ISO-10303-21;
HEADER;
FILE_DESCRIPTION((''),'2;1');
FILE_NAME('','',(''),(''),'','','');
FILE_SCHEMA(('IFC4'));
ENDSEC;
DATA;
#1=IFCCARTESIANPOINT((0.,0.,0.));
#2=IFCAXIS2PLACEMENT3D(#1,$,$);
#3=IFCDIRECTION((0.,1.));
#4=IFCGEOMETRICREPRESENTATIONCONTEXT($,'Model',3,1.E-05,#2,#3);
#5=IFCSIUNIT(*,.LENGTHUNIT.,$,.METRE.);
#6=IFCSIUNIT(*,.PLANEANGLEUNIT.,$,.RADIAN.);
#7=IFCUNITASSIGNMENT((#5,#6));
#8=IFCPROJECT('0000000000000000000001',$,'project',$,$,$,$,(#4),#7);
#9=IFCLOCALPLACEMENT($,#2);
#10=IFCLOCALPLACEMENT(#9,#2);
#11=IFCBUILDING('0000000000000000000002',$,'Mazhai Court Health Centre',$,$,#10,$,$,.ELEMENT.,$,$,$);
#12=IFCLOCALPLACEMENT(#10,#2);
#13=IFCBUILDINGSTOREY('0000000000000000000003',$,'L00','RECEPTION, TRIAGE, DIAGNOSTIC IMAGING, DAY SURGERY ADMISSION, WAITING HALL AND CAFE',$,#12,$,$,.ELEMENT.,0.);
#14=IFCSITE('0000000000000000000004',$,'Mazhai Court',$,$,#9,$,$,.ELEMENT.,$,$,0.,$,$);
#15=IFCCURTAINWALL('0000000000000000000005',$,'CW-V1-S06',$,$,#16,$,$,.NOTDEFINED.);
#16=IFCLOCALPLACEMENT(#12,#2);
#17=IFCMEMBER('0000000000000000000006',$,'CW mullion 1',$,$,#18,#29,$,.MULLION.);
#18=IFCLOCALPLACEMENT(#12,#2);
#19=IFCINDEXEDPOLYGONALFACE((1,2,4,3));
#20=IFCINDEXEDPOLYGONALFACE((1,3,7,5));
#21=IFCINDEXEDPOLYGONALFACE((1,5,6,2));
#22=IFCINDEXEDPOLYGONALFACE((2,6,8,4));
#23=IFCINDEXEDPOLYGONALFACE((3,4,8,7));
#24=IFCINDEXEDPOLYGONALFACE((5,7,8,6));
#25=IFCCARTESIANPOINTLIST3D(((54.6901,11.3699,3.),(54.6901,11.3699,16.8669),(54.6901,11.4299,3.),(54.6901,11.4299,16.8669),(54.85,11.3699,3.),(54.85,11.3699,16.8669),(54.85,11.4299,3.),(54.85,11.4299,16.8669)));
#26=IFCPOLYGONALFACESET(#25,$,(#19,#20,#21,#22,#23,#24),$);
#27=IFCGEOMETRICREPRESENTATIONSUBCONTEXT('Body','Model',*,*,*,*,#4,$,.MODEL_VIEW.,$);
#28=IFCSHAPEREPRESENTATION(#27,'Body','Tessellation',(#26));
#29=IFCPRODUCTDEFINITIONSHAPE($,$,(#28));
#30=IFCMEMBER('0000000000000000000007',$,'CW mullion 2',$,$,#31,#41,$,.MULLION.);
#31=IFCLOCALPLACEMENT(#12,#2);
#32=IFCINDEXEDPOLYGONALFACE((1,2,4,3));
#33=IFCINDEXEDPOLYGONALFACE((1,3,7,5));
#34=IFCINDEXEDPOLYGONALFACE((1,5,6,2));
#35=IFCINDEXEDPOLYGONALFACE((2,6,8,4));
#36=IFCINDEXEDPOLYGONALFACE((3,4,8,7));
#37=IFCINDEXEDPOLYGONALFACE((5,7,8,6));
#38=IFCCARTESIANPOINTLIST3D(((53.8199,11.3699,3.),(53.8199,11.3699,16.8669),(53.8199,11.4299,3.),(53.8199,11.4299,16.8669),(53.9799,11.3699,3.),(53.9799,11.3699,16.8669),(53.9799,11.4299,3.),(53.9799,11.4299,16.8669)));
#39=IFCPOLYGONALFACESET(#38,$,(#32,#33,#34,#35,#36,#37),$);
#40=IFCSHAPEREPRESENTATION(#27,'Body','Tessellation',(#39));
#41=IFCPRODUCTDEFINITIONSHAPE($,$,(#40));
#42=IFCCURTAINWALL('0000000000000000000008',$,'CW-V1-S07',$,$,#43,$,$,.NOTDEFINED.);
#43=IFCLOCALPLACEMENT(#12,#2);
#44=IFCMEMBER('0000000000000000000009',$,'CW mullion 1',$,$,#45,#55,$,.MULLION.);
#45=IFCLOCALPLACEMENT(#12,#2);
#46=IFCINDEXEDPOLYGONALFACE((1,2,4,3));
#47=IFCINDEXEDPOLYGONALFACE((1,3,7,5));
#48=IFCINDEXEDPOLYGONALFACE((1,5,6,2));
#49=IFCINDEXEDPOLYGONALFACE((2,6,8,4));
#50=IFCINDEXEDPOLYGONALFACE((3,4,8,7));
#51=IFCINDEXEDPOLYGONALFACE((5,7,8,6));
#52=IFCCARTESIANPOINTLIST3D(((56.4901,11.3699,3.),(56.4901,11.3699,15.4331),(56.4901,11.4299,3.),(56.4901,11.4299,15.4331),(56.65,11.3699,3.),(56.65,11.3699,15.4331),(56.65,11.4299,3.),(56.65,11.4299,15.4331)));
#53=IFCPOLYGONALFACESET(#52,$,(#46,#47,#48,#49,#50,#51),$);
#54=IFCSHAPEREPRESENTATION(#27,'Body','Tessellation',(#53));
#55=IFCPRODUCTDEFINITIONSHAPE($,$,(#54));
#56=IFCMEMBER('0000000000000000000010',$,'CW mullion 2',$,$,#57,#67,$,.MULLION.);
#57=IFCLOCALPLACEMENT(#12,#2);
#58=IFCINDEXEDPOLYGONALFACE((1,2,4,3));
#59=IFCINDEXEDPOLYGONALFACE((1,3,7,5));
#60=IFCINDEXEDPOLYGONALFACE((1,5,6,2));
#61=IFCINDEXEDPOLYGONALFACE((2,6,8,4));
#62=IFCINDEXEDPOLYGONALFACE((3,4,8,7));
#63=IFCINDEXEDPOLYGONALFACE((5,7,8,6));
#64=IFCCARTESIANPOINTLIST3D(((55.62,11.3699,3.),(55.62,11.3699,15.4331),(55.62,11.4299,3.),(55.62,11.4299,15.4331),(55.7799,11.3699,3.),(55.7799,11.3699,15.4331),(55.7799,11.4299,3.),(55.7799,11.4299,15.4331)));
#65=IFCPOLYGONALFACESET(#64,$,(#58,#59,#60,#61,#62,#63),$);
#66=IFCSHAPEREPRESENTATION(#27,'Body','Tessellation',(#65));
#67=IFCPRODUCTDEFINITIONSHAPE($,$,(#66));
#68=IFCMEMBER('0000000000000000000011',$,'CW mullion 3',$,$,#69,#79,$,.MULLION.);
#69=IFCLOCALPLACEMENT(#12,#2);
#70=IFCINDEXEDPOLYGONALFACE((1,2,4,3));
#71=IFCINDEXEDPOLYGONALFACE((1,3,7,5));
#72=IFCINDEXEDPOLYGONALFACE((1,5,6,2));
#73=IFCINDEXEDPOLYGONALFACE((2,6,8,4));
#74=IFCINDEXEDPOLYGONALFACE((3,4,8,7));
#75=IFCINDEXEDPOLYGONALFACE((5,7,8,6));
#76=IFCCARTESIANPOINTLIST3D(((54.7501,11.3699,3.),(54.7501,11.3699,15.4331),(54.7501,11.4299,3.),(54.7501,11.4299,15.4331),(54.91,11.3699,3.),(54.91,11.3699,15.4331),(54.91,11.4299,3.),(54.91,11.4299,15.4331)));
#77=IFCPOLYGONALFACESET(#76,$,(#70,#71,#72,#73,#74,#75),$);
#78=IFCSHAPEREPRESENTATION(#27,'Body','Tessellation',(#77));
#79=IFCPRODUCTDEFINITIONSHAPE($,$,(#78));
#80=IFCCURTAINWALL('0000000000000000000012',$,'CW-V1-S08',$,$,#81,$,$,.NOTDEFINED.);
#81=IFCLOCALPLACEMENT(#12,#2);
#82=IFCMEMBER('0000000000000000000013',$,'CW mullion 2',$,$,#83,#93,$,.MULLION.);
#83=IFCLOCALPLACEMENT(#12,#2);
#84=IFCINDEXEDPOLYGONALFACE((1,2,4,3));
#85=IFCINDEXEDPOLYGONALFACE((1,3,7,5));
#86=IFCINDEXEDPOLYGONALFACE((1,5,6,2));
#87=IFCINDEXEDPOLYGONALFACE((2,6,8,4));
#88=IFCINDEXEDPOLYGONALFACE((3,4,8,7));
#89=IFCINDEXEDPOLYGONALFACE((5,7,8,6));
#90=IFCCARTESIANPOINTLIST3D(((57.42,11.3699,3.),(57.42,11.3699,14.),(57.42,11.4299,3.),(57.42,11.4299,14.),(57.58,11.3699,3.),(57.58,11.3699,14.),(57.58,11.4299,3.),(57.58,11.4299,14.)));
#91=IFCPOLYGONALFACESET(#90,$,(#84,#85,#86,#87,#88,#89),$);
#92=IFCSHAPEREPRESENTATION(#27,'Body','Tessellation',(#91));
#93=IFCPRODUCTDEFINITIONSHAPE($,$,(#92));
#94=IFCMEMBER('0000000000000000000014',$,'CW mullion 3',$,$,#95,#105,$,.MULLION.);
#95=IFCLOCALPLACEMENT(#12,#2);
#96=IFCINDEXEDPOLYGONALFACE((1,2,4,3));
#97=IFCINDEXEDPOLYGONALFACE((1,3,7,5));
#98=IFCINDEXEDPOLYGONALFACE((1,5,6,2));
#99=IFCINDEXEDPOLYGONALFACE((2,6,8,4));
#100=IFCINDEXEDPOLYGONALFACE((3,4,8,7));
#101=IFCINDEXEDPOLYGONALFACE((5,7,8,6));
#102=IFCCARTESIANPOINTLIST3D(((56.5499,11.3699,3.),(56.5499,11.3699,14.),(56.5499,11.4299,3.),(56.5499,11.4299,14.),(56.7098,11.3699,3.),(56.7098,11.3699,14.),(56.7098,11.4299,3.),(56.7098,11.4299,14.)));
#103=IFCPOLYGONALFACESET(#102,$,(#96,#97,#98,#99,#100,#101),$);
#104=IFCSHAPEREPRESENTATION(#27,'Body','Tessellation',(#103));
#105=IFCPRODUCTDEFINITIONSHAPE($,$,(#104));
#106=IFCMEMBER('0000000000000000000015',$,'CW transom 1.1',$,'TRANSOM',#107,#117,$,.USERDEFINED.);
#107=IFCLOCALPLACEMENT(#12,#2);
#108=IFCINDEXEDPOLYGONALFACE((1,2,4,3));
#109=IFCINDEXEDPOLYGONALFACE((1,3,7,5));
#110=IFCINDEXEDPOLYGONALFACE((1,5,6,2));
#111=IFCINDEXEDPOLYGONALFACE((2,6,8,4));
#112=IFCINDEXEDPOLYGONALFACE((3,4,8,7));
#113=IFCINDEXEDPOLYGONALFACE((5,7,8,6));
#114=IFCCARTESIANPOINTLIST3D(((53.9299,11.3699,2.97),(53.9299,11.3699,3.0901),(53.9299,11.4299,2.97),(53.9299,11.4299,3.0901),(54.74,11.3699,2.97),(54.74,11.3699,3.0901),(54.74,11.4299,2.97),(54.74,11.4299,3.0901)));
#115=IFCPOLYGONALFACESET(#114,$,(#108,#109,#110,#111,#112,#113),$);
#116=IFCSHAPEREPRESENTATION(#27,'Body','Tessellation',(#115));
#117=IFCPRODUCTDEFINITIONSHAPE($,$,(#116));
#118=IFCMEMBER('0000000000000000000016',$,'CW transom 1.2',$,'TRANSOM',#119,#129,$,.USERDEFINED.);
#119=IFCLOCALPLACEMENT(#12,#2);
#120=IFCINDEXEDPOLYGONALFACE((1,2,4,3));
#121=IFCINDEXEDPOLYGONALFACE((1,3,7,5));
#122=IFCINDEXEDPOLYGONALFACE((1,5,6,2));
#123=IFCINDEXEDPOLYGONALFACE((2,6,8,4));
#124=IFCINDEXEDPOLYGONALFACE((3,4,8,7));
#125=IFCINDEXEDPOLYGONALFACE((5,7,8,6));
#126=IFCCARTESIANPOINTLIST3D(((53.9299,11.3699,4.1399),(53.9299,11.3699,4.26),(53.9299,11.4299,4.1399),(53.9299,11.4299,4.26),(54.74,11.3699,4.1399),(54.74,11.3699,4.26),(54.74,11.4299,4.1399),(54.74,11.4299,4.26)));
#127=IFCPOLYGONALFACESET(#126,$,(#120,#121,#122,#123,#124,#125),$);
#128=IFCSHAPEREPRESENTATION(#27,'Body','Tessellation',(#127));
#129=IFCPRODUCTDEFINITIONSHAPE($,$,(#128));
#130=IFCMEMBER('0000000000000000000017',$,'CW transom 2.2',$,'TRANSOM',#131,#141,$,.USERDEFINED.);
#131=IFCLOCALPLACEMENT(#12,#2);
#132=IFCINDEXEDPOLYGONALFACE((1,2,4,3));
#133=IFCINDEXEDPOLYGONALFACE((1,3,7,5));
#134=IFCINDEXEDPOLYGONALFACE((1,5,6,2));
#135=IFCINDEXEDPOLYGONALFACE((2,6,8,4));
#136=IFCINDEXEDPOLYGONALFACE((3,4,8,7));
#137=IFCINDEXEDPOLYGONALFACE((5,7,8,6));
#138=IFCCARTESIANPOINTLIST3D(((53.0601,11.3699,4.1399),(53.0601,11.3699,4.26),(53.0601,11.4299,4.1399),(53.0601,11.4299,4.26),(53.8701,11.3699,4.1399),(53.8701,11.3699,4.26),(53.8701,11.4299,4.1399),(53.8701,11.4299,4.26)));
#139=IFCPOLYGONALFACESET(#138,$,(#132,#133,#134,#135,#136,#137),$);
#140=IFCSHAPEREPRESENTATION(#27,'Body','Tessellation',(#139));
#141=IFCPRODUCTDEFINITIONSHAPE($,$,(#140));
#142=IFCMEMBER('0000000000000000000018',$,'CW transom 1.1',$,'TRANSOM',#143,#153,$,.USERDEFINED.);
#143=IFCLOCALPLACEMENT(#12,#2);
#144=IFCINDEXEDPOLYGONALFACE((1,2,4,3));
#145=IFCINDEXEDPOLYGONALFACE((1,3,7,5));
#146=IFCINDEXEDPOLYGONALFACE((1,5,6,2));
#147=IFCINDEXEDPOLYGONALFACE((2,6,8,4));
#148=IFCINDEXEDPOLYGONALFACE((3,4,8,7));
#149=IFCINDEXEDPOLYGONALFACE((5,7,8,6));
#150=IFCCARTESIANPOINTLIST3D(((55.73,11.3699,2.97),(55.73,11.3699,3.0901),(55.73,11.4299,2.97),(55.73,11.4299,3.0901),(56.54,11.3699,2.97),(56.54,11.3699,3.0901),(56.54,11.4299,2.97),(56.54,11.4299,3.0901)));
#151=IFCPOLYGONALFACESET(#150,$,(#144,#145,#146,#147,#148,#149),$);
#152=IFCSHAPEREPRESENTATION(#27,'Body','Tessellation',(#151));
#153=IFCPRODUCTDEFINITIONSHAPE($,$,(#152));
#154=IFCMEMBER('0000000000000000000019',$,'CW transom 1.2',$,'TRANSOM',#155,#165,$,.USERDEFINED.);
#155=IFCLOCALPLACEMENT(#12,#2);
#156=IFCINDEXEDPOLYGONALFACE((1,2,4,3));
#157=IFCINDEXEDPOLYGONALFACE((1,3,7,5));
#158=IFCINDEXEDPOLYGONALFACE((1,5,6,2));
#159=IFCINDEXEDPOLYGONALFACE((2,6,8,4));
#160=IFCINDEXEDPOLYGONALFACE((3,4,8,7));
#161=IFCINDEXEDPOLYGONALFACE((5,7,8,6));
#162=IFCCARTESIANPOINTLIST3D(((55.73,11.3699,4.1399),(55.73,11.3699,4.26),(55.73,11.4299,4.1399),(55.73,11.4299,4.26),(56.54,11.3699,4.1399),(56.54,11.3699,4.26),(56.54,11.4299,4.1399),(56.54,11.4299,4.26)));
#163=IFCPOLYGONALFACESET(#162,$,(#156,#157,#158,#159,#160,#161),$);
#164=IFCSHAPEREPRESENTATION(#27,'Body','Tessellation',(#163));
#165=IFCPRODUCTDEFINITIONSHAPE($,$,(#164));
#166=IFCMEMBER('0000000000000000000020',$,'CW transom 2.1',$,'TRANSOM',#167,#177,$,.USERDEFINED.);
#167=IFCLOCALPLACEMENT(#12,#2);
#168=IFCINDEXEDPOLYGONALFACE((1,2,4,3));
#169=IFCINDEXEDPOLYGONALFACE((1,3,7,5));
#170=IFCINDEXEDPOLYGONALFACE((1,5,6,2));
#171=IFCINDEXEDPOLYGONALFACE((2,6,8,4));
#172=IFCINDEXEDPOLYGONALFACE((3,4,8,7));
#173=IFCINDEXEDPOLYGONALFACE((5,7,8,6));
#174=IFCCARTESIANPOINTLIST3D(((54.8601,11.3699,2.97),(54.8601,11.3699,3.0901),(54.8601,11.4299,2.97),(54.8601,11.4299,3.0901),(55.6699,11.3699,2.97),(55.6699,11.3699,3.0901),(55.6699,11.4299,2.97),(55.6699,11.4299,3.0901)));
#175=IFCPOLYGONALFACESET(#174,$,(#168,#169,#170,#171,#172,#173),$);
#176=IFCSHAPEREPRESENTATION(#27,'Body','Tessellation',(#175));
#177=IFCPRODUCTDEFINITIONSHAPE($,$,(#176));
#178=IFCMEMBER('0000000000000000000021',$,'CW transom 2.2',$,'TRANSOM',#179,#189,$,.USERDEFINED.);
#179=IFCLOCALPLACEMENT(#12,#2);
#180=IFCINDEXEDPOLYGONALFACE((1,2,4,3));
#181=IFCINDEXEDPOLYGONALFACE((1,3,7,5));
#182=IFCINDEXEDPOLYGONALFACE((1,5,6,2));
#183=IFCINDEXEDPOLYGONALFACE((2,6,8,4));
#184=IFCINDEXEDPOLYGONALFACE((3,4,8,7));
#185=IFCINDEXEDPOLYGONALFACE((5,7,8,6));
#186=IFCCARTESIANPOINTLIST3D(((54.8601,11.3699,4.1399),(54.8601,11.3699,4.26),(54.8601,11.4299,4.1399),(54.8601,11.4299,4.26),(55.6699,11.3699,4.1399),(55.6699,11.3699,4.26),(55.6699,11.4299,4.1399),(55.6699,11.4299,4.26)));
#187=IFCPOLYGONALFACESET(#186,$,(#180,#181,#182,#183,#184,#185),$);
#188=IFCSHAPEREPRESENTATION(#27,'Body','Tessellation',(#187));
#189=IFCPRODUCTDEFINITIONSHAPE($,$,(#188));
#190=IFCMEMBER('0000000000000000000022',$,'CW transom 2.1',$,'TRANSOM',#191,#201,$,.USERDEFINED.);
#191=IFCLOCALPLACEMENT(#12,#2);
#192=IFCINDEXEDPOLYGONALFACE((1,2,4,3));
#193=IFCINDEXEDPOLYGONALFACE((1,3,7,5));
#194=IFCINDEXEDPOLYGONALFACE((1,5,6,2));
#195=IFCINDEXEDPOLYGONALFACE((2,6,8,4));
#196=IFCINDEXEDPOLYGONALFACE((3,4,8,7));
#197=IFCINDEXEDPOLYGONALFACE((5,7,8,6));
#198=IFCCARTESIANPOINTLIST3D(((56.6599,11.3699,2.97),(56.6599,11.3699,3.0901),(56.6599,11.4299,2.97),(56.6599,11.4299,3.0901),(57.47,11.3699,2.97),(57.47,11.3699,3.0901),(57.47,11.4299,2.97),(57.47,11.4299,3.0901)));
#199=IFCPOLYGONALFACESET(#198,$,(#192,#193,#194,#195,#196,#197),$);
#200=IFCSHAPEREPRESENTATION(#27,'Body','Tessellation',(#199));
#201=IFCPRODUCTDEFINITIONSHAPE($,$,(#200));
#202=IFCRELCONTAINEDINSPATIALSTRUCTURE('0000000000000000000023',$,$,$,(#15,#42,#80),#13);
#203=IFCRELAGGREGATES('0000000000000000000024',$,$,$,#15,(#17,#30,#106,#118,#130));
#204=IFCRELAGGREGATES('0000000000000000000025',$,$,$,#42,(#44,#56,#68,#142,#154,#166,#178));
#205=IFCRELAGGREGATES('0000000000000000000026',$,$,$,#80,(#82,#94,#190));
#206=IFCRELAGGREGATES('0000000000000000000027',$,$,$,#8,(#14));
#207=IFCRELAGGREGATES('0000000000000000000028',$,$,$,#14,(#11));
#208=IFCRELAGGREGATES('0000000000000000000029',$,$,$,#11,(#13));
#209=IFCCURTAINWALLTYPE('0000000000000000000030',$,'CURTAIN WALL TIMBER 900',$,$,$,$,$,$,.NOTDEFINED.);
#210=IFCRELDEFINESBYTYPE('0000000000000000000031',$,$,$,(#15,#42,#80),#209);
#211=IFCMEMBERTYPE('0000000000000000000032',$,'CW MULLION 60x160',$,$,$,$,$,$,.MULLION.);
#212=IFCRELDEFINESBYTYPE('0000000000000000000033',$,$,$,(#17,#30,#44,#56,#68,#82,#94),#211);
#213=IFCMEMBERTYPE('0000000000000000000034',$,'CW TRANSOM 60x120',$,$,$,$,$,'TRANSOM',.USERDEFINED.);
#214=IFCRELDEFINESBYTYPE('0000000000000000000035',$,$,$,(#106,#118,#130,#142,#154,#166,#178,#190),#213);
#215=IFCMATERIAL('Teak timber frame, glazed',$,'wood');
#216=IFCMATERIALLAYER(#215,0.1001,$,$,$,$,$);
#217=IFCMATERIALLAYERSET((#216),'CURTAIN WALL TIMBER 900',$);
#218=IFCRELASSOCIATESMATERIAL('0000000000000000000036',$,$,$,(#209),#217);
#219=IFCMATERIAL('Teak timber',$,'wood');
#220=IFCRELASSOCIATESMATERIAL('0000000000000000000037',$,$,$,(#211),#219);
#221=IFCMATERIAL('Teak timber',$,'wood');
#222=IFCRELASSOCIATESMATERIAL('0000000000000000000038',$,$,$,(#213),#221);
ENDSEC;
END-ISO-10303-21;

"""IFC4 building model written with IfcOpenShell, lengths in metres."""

from ifc_helpers import new_model, si_unit, direction, frame, origin, origin_2d, place, context, subcontext, project, spatial, rectangle, extrude, material, layer, layer_set, material_profile, profile_set, type_object, element, aggregate, save


model = new_model("IFC4")

# Units and contexts
model_context = context("Model", 3, precision=1e-05, world=origin(), true_north=direction((0.0, 1.0)))
body_context = subcontext(model_context, "Body", "Model", "MODEL_VIEW")
ifc_project = project(units=[si_unit("LENGTHUNIT", "METRE"), si_unit("PLANEANGLEUNIT", "RADIAN")], contexts=[model_context])

# Site, building, storey
site_placement = place(None, origin())
site = spatial("IfcSite", under=ifc_project, at=site_placement, Name="Mazhai Court", CompositionType="ELEMENT", RefElevation=0.0)
building_placement = place(site_placement, origin())
building = spatial("IfcBuilding", under=site, at=building_placement, Name="Mazhai Court Health Centre", CompositionType="ELEMENT")
storey_placement = place(building_placement, origin())
storey = spatial("IfcBuildingStorey", under=building, at=storey_placement, Name="L00", Description="RECEPTION, TRIAGE, DIAGNOSTIC IMAGING, DAY SURGERY ADMISSION, WAITING HALL AND CAFE", CompositionType="ELEMENT", Elevation=0.0)

# Curtain walls, members
ifc_material_1 = material(Name="Teak timber frame, glazed", Category="wood")
ifc_layer_1 = layer(ifc_material_1, 0.1001)
ifc_layer_set_1 = layer_set([ifc_layer_1], Name="CURTAIN WALL TIMBER 900")
curtain_wall_type = type_object("IfcCurtainWallType", Name="CURTAIN WALL TIMBER 900", PredefinedType="NOTDEFINED", material=ifc_layer_set_1)
curtain_wall_1_placement = place(storey_placement, origin())
curtain_wall_1 = element("IfcCurtainWall", 1, at=curtain_wall_1_placement, inside=storey, type_object=curtain_wall_type, Name="CW-V1-S06", PredefinedType="NOTDEFINED")
ifc_material_2 = material(Name="Teak timber", Category="wood")
ifc_material_profile_1 = material_profile(ifc_material_2, rectangle(XDim=0.0601, YDim=0.1599, at=origin_2d()), Name="CW MULLION 60x160")
ifc_profile_set_1 = profile_set([ifc_material_profile_1], Name="Teak timber")
member_type_1 = type_object("IfcMemberType", Name="CW MULLION 60x160", PredefinedType="MULLION", material=ifc_profile_set_1)
member_1_placement = place(storey_placement, frame((54.77, 11.3999, 3.0), z_axis=(0.0, 0.0, 1.0), x_axis=(0.0, -1.0, 0.0)))
member_1 = element("IfcMember", 2, at=member_1_placement, type_object=member_type_1, Name="CW mullion 1", PredefinedType="MULLION", context=body_context, shape_type="SweptSolid", body=[
    extrude(rectangle(XDim=0.0601, YDim=0.1599, at=origin_2d()), origin(), (0.0, 0.0, 1.0), 13.8669),
])
member_2_placement = place(storey_placement, frame((53.8999, 11.3999, 3.0), z_axis=(0.0, 0.0, 1.0), x_axis=(0.0, -1.0, 0.0)))
member_2 = element("IfcMember", 3, at=member_2_placement, type_object=member_type_1, Name="CW mullion 2", PredefinedType="MULLION", context=body_context, shape_type="SweptSolid", body=[
    extrude(rectangle(XDim=0.0601, YDim=0.1599, at=origin_2d()), origin(), (0.0, 0.0, 1.0), 13.8669),
])
curtain_wall_2_placement = place(storey_placement, origin())
curtain_wall_2 = element("IfcCurtainWall", 4, at=curtain_wall_2_placement, inside=storey, type_object=curtain_wall_type, Name="CW-V1-S07", PredefinedType="NOTDEFINED")
member_3_placement = place(storey_placement, frame((56.5701, 11.3999, 3.0), z_axis=(0.0, 0.0, 1.0), x_axis=(0.0, -1.0, 0.0)))
member_3 = element("IfcMember", 5, at=member_3_placement, type_object=member_type_1, Name="CW mullion 1", PredefinedType="MULLION", context=body_context, shape_type="SweptSolid", body=[
    extrude(rectangle(XDim=0.0601, YDim=0.1599, at=origin_2d()), origin(), (0.0, 0.0, 1.0), 12.4331),
])
member_4_placement = place(storey_placement, frame((55.7, 11.3999, 3.0), z_axis=(0.0, 0.0, 1.0), x_axis=(0.0, -1.0, 0.0)))
member_4 = element("IfcMember", 6, at=member_4_placement, type_object=member_type_1, Name="CW mullion 2", PredefinedType="MULLION", context=body_context, shape_type="SweptSolid", body=[
    extrude(rectangle(XDim=0.0601, YDim=0.1599, at=origin_2d()), origin(), (0.0, 0.0, 1.0), 12.4331),
])
member_5_placement = place(storey_placement, frame((54.8301, 11.3999, 3.0), z_axis=(0.0, 0.0, 1.0), x_axis=(0.0, -1.0, 0.0)))
member_5 = element("IfcMember", 7, at=member_5_placement, type_object=member_type_1, Name="CW mullion 3", PredefinedType="MULLION", context=body_context, shape_type="SweptSolid", body=[
    extrude(rectangle(XDim=0.0601, YDim=0.1599, at=origin_2d()), origin(), (0.0, 0.0, 1.0), 12.4331),
])
curtain_wall_3_placement = place(storey_placement, origin())
curtain_wall_3 = element("IfcCurtainWall", 8, at=curtain_wall_3_placement, inside=storey, type_object=curtain_wall_type, Name="CW-V1-S08", PredefinedType="NOTDEFINED")
member_6_placement = place(storey_placement, frame((57.5, 11.3999, 3.0), z_axis=(0.0, 0.0, 1.0), x_axis=(0.0, -1.0, 0.0)))
member_6 = element("IfcMember", 9, at=member_6_placement, type_object=member_type_1, Name="CW mullion 2", PredefinedType="MULLION", context=body_context, shape_type="SweptSolid", body=[
    extrude(rectangle(XDim=0.0601, YDim=0.1599, at=origin_2d()), origin(), (0.0, 0.0, 1.0), 11.0),
])
member_7_placement = place(storey_placement, frame((56.6299, 11.3999, 3.0), z_axis=(0.0, 0.0, 1.0), x_axis=(0.0, -1.0, 0.0)))
member_7 = element("IfcMember", 10, at=member_7_placement, type_object=member_type_1, Name="CW mullion 3", PredefinedType="MULLION", context=body_context, shape_type="SweptSolid", body=[
    extrude(rectangle(XDim=0.0601, YDim=0.1599, at=origin_2d()), origin(), (0.0, 0.0, 1.0), 11.0),
])

# Members
ifc_material_3 = material(Name="Teak timber", Category="wood")
ifc_material_profile_2 = material_profile(ifc_material_3, rectangle(XDim=0.0601, YDim=0.1201, at=origin_2d()), Name="CW TRANSOM 60x120")
ifc_profile_set_2 = profile_set([ifc_material_profile_2], Name="Teak timber")
member_type_2 = type_object("IfcMemberType", Name="CW TRANSOM 60x120", ElementType="TRANSOM", PredefinedType="USERDEFINED", material=ifc_profile_set_2)
member_8_placement = place(storey_placement, frame((54.74, 11.3999, 3.03), z_axis=(-1.0, 0.0, 0.0), x_axis=(0.0, -1.0, 0.0)))
member_8 = element("IfcMember", 11, at=member_8_placement, type_object=member_type_2, Name="CW transom 1.1", ObjectType="TRANSOM", PredefinedType="USERDEFINED", context=body_context, shape_type="SweptSolid", body=[
    extrude(rectangle(XDim=0.0601, YDim=0.1201, at=origin_2d()), origin(), (0.0, 0.0, 1.0), 0.8101),
])
member_9_placement = place(storey_placement, frame((54.74, 11.3999, 4.2), z_axis=(-1.0, 0.0, 0.0), x_axis=(0.0, -1.0, 0.0)))
member_9 = element("IfcMember", 12, at=member_9_placement, type_object=member_type_2, Name="CW transom 1.2", ObjectType="TRANSOM", PredefinedType="USERDEFINED", context=body_context, shape_type="SweptSolid", body=[
    extrude(rectangle(XDim=0.0601, YDim=0.1201, at=origin_2d()), origin(), (0.0, 0.0, 1.0), 0.8101),
])
member_10_placement = place(storey_placement, frame((53.8701, 11.3999, 4.2), z_axis=(-1.0, 0.0, 0.0), x_axis=(0.0, -1.0, 0.0)))
member_10 = element("IfcMember", 13, at=member_10_placement, type_object=member_type_2, Name="CW transom 2.2", ObjectType="TRANSOM", PredefinedType="USERDEFINED", context=body_context, shape_type="SweptSolid", body=[
    extrude(rectangle(XDim=0.0601, YDim=0.1201, at=origin_2d()), origin(), (0.0, 0.0, 1.0), 0.8101),
])
member_11_placement = place(storey_placement, frame((56.54, 11.3999, 3.03), z_axis=(-1.0, 0.0, 0.0), x_axis=(0.0, -1.0, 0.0)))
member_11 = element("IfcMember", 14, at=member_11_placement, type_object=member_type_2, Name="CW transom 1.1", ObjectType="TRANSOM", PredefinedType="USERDEFINED", context=body_context, shape_type="SweptSolid", body=[
    extrude(rectangle(XDim=0.0601, YDim=0.1201, at=origin_2d()), origin(), (0.0, 0.0, 1.0), 0.8101),
])
member_12_placement = place(storey_placement, frame((56.54, 11.3999, 4.2), z_axis=(-1.0, 0.0, 0.0), x_axis=(0.0, -1.0, 0.0)))
member_12 = element("IfcMember", 15, at=member_12_placement, type_object=member_type_2, Name="CW transom 1.2", ObjectType="TRANSOM", PredefinedType="USERDEFINED", context=body_context, shape_type="SweptSolid", body=[
    extrude(rectangle(XDim=0.0601, YDim=0.1201, at=origin_2d()), origin(), (0.0, 0.0, 1.0), 0.8101),
])
member_13_placement = place(storey_placement, frame((55.6699, 11.3999, 3.03), z_axis=(-1.0, 0.0, 0.0), x_axis=(0.0, -1.0, 0.0)))
member_13 = element("IfcMember", 16, at=member_13_placement, type_object=member_type_2, Name="CW transom 2.1", ObjectType="TRANSOM", PredefinedType="USERDEFINED", context=body_context, shape_type="SweptSolid", body=[
    extrude(rectangle(XDim=0.0601, YDim=0.1201, at=origin_2d()), origin(), (0.0, 0.0, 1.0), 0.8098),
])
member_14_placement = place(storey_placement, frame((55.6699, 11.3999, 4.2), z_axis=(-1.0, 0.0, 0.0), x_axis=(0.0, -1.0, 0.0)))
member_14 = element("IfcMember", 17, at=member_14_placement, type_object=member_type_2, Name="CW transom 2.2", ObjectType="TRANSOM", PredefinedType="USERDEFINED", context=body_context, shape_type="SweptSolid", body=[
    extrude(rectangle(XDim=0.0601, YDim=0.1201, at=origin_2d()), origin(), (0.0, 0.0, 1.0), 0.8098),
])
member_15_placement = place(storey_placement, frame((57.47, 11.3999, 3.03), z_axis=(-1.0, 0.0, 0.0), x_axis=(0.0, -1.0, 0.0)))
member_15 = element("IfcMember", 18, at=member_15_placement, type_object=member_type_2, Name="CW transom 2.1", ObjectType="TRANSOM", PredefinedType="USERDEFINED", context=body_context, shape_type="SweptSolid", body=[
    extrude(rectangle(XDim=0.0601, YDim=0.1201, at=origin_2d()), origin(), (0.0, 0.0, 1.0), 0.8101),
])

aggregate(curtain_wall_1, [member_1, member_2, member_8, member_9, member_10])
aggregate(curtain_wall_2, [member_3, member_4, member_5, member_11, member_12, member_13, member_14])
aggregate(curtain_wall_3, [member_6, member_7, member_15])

save(model, "model.ifc")
